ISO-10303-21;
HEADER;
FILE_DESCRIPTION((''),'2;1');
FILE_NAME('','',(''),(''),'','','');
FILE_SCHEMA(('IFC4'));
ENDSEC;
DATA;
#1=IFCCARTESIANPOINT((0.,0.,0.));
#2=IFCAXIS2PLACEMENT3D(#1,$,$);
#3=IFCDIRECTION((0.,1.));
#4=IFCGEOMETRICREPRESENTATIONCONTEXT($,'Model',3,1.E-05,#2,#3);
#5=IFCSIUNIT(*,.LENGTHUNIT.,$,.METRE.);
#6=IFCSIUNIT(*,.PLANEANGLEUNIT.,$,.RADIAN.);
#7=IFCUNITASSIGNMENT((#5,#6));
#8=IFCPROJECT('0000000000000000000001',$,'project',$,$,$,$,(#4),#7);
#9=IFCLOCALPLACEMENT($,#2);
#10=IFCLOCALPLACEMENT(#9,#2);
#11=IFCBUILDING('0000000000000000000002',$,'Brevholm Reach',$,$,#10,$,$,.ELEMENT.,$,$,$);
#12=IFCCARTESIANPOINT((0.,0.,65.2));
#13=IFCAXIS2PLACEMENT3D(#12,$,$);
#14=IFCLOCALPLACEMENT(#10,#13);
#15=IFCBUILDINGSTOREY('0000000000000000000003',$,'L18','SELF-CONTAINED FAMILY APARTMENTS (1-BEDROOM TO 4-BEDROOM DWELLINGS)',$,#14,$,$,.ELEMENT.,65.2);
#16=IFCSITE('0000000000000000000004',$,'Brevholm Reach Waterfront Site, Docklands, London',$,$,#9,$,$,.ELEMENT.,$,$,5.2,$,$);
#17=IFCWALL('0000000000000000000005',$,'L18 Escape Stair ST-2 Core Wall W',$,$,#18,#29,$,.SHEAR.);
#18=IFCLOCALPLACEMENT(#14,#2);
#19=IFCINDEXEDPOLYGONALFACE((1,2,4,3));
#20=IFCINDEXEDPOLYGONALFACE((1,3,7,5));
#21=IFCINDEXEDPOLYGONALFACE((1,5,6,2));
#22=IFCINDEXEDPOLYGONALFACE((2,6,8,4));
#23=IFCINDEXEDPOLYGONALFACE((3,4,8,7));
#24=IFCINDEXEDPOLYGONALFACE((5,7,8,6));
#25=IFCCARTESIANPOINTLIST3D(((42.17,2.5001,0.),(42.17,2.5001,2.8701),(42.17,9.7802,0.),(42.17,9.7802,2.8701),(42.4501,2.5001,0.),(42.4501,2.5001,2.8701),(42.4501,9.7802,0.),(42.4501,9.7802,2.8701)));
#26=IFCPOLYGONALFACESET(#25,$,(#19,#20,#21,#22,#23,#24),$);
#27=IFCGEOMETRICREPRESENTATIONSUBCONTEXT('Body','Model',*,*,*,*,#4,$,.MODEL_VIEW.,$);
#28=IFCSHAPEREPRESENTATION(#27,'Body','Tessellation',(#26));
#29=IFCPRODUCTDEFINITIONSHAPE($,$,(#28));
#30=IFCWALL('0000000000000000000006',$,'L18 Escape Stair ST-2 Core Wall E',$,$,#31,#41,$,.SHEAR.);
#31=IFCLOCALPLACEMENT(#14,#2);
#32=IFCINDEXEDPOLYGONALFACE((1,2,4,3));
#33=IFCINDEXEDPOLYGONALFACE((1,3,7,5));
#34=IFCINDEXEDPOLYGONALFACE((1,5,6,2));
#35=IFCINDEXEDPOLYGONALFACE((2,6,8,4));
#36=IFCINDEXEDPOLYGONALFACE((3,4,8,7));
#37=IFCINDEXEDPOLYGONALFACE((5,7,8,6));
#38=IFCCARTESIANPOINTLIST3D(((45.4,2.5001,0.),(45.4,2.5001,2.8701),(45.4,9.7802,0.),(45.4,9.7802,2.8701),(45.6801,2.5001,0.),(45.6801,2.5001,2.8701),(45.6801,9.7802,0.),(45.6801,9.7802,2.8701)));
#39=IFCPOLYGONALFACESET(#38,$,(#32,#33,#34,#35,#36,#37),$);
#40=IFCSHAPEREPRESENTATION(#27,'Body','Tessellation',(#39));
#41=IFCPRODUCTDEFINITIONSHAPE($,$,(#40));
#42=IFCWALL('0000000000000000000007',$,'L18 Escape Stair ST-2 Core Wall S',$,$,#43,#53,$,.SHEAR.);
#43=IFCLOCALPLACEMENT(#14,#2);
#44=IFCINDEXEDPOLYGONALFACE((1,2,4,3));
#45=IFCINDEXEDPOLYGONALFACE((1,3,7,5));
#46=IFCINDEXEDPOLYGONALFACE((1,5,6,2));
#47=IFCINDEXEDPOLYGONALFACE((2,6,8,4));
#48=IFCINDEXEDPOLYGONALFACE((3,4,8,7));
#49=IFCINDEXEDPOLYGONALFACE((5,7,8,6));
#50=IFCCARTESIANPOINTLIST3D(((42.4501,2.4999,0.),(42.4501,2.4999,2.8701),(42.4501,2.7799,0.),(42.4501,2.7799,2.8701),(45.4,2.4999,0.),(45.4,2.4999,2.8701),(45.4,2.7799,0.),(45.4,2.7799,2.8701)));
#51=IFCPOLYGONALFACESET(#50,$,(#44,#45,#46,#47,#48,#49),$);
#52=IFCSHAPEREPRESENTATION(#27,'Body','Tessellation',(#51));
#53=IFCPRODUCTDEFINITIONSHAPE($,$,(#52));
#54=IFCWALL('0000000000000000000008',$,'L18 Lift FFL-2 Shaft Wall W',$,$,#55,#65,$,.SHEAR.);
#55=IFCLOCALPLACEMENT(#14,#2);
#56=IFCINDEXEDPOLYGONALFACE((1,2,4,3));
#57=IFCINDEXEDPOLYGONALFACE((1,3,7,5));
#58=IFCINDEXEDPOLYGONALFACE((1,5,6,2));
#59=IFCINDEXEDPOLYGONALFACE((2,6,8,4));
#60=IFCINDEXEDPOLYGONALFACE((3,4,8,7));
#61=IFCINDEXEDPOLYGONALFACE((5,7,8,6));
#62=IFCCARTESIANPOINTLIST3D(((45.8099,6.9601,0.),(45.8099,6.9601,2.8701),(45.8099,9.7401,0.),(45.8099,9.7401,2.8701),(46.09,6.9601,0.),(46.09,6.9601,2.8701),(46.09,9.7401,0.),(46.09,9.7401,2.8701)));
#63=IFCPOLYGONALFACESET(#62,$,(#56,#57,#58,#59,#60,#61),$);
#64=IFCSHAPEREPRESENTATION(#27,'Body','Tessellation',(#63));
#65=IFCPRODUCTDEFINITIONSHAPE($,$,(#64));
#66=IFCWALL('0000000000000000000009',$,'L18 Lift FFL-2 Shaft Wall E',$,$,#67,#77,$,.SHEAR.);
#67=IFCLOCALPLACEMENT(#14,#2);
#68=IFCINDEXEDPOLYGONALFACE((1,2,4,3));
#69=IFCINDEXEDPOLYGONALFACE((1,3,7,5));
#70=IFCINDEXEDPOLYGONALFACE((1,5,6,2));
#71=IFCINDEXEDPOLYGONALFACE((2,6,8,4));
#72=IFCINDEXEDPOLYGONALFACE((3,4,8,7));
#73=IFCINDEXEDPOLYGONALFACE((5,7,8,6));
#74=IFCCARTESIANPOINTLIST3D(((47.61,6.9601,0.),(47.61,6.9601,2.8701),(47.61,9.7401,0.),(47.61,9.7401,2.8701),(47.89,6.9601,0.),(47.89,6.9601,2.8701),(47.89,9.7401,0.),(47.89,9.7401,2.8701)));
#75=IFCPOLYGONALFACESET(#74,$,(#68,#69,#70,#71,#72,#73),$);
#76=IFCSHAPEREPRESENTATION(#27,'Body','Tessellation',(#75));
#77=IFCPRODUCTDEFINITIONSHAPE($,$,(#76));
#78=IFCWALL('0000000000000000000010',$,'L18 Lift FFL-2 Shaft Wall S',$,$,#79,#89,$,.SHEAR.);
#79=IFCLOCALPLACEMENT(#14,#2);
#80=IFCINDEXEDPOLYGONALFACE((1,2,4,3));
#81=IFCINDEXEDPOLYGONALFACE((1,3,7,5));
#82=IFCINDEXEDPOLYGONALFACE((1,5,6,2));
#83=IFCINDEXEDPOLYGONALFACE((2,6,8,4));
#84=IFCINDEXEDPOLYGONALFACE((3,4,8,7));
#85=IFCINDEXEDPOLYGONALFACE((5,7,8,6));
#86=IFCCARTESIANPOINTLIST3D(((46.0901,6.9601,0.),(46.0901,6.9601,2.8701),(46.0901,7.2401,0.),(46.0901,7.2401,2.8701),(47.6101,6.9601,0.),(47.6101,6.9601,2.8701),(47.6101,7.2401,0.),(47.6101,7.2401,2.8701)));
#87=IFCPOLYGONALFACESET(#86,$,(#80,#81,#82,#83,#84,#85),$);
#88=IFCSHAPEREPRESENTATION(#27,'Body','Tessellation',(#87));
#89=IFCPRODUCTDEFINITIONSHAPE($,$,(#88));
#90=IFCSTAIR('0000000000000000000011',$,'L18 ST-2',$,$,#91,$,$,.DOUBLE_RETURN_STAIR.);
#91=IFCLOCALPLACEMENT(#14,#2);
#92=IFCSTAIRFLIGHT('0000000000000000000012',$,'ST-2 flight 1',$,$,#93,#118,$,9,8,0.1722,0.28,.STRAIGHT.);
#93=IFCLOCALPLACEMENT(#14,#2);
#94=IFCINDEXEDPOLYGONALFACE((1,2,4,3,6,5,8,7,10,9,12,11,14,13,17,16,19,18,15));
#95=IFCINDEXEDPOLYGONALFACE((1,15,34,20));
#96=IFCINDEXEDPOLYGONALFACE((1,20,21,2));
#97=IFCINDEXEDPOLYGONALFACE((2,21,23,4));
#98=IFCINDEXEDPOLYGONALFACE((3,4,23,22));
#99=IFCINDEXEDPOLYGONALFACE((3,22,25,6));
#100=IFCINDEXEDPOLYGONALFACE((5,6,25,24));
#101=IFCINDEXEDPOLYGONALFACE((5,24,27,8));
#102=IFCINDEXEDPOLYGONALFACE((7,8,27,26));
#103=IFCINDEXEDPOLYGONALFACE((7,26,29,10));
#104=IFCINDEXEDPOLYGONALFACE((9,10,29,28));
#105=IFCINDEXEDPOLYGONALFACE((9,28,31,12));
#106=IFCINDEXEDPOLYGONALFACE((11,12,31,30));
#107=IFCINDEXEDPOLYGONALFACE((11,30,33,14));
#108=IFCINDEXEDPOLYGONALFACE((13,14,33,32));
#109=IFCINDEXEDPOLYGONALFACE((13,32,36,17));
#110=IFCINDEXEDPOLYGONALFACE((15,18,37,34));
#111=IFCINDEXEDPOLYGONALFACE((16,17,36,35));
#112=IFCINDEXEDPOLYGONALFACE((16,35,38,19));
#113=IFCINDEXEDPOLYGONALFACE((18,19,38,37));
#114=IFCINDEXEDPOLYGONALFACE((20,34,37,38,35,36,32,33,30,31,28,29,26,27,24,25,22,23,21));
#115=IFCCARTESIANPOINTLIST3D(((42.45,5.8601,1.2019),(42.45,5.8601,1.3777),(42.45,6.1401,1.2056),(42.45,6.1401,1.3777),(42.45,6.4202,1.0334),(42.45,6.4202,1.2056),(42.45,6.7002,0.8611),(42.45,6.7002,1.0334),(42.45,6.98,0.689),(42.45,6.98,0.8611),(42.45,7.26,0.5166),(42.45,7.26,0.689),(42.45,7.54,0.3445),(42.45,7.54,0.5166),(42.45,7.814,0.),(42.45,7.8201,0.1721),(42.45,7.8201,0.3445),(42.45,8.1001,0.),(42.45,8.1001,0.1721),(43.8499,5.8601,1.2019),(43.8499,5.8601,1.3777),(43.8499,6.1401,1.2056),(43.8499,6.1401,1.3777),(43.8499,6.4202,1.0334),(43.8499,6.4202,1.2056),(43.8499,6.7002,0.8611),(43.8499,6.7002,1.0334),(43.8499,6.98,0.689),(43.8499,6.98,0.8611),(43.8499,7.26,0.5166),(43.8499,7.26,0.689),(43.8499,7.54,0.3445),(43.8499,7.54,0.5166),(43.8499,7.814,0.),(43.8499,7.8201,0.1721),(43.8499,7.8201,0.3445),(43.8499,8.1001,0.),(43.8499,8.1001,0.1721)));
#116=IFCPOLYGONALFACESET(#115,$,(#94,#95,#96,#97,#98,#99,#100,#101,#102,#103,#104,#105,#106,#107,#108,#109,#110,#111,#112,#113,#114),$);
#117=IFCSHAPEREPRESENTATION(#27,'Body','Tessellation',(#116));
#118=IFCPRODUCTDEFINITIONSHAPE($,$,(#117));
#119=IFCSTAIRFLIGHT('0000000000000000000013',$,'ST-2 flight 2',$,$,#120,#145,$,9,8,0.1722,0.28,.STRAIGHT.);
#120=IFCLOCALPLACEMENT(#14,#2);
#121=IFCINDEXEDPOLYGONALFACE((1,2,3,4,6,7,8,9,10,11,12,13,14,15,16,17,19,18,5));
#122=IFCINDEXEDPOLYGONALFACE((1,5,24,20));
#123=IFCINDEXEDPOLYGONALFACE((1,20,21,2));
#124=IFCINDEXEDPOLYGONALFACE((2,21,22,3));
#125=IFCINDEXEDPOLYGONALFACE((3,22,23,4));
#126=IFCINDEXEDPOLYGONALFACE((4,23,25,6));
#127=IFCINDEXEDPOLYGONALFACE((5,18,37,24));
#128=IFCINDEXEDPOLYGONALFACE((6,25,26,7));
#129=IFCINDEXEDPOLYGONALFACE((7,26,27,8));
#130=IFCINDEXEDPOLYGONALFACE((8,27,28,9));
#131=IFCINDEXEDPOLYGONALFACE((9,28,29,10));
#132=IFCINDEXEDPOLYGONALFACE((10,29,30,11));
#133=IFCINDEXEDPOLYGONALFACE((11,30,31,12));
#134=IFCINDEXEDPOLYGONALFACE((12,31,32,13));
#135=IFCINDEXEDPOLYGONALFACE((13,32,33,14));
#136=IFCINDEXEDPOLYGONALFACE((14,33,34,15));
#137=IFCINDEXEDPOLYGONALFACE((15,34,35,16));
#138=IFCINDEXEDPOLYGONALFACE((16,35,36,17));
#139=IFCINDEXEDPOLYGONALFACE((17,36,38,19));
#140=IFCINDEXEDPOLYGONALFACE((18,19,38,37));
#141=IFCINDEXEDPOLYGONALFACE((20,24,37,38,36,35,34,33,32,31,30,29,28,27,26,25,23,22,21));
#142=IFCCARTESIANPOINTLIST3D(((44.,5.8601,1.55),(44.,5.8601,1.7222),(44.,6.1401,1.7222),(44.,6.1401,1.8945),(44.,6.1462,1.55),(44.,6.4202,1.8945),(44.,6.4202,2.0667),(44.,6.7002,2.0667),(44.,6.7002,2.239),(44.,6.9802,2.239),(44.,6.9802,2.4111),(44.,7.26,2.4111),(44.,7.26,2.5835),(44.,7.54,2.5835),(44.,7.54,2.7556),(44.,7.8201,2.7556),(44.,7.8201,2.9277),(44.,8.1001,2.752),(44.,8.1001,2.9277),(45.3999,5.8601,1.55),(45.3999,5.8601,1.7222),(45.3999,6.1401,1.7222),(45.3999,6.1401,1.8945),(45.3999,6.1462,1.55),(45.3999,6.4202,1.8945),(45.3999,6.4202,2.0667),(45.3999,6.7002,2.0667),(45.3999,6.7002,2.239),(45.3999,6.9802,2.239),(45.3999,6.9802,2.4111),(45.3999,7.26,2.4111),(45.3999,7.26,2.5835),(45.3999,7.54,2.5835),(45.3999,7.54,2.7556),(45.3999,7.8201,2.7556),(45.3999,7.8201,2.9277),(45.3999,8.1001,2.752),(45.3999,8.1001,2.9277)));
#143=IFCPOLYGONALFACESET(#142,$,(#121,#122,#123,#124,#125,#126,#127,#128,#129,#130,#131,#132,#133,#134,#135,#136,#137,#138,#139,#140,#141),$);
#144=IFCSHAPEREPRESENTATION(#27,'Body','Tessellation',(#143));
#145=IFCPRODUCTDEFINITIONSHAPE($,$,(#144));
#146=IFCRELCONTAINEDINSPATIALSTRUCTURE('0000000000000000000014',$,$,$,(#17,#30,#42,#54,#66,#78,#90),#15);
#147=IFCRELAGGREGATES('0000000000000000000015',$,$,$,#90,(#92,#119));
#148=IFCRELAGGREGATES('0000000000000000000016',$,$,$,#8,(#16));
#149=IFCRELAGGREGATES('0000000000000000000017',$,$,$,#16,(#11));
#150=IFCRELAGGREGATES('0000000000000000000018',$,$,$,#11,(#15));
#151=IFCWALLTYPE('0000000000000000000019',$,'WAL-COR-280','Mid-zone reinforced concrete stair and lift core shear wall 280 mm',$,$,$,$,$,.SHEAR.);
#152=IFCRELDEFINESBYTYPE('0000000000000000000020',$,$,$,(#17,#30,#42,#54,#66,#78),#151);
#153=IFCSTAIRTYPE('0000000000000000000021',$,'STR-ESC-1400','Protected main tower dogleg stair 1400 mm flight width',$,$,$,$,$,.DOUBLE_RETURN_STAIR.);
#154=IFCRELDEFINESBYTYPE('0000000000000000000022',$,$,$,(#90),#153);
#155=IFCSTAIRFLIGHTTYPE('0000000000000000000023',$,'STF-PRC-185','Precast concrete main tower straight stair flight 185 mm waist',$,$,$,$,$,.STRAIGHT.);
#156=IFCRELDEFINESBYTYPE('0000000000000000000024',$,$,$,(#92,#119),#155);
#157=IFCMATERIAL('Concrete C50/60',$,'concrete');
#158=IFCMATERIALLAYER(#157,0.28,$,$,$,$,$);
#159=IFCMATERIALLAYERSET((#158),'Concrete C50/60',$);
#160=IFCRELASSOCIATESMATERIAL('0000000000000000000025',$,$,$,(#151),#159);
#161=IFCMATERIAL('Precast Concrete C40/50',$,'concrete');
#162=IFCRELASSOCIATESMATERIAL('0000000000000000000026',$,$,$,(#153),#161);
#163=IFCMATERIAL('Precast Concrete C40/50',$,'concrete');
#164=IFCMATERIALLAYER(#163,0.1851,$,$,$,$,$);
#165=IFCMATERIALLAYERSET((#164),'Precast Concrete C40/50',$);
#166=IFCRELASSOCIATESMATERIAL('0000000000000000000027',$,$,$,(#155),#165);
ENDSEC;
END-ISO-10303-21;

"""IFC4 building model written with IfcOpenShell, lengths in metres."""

from ifc_helpers import new_model, si_unit, direction, frame, frame_2d, origin, place, context, subcontext, project, spatial, polyline, rectangle, outline, extrude, material, layer, layer_set, type_object, element, aggregate, save


model = new_model("IFC4")

# Units and contexts
model_context = context("Model", 3, precision=1e-05, world=origin(), true_north=direction((0.0, 1.0)))
body_context = subcontext(model_context, "Body", "Model", "MODEL_VIEW")
ifc_project = project(units=[si_unit("LENGTHUNIT", "METRE"), si_unit("PLANEANGLEUNIT", "RADIAN")], contexts=[model_context])

# Site, building, storey
site_placement = place(None, origin())
site = spatial("IfcSite", under=ifc_project, at=site_placement, Name="Brevholm Reach Waterfront Site, Docklands, London", CompositionType="ELEMENT", RefElevation=5.2)
building_placement = place(site_placement, origin())
building = spatial("IfcBuilding", under=site, at=building_placement, Name="Brevholm Reach", CompositionType="ELEMENT")
storey_placement = place(building_placement, frame((0.0, 0.0, 65.2)))
storey = spatial("IfcBuildingStorey", under=building, at=storey_placement, Name="L18", Description="SELF-CONTAINED FAMILY APARTMENTS (1-BEDROOM TO 4-BEDROOM DWELLINGS)", CompositionType="ELEMENT", Elevation=65.2)

# Walls
ifc_material_1 = material(Name="Concrete C50/60", Category="concrete")
ifc_layer_1 = layer(ifc_material_1, 0.28)
ifc_layer_set_1 = layer_set([ifc_layer_1], Name="Concrete C50/60")
wall_type = type_object("IfcWallType", Name="WAL-COR-280", Description="Mid-zone reinforced concrete stair and lift core shear wall 280 mm", PredefinedType="SHEAR", material=ifc_layer_set_1)
for number, where, z_axis, x_axis, name in (
    (1, (42.3101, 2.5, 0.0), (0.0, 0.0, 1.0), (0.0, 1.0, 0.0), "L18 Escape Stair ST-2 Core Wall W"),
    (2, (45.54, 2.5, 0.0), (0.0, 0.0, 1.0), (0.0, 1.0, 0.0), "L18 Escape Stair ST-2 Core Wall E"),
):
    element("IfcWall", number, at=place(storey_placement, frame(where, z_axis=z_axis, x_axis=x_axis)), inside=storey, type_object=wall_type, Name=name, PredefinedType="SHEAR", context=body_context, shape_type="SweptSolid", body=[
        extrude(rectangle(XDim=7.28, YDim=0.28, at=frame_2d((3.6401, 0.0))), origin(), (0.0, 0.0, 1.0), 2.8701),
    ])
wall_1_placement = place(storey_placement, frame((42.45, 2.6399, 0.0), z_axis=(0.0, 0.0, 1.0), x_axis=(1.0, 0.0, 0.0)))
element("IfcWall", 3, at=wall_1_placement, inside=storey, type_object=wall_type, Name="L18 Escape Stair ST-2 Core Wall S", PredefinedType="SHEAR", context=body_context, shape_type="SweptSolid", body=[
    extrude(rectangle(XDim=2.95, YDim=0.28, at=frame_2d((1.4751, 0.0))), origin(), (0.0, 0.0, 1.0), 2.8701),
])
for number, where, z_axis, x_axis, name in (
    (4, (45.95, 6.96, 0.0), (0.0, 0.0, 1.0), (0.0, 1.0, 0.0), "L18 Lift FFL-2 Shaft Wall W"),
    (5, (47.75, 6.96, 0.0), (0.0, 0.0, 1.0), (0.0, 1.0, 0.0), "L18 Lift FFL-2 Shaft Wall E"),
):
    element("IfcWall", number, at=place(storey_placement, frame(where, z_axis=z_axis, x_axis=x_axis)), inside=storey, type_object=wall_type, Name=name, PredefinedType="SHEAR", context=body_context, shape_type="SweptSolid", body=[
        extrude(rectangle(XDim=2.78, YDim=0.28, at=frame_2d((1.3901, 0.0))), origin(), (0.0, 0.0, 1.0), 2.8701),
    ])
wall_2_placement = place(storey_placement, frame((46.0901, 7.1001, 0.0), z_axis=(0.0, 0.0, 1.0), x_axis=(1.0, 0.0, 0.0)))
element("IfcWall", 6, at=wall_2_placement, inside=storey, type_object=wall_type, Name="L18 Lift FFL-2 Shaft Wall S", PredefinedType="SHEAR", context=body_context, shape_type="SweptSolid", body=[
    extrude(rectangle(XDim=1.52, YDim=0.28, at=frame_2d((0.76, 0.0))), origin(), (0.0, 0.0, 1.0), 2.8701),
])

# Stair, stair flights
ifc_material_2 = material(Name="Precast Concrete C40/50", Category="concrete")
stair_type = type_object("IfcStairType", Name="STR-ESC-1400", Description="Protected main tower dogleg stair 1400 mm flight width", PredefinedType="DOUBLE_RETURN_STAIR", material=ifc_material_2)
stair_placement = place(storey_placement, origin())
stair = element("IfcStair", 7, at=stair_placement, inside=storey, type_object=stair_type, Name="L18 ST-2", PredefinedType="DOUBLE_RETURN_STAIR")
ifc_material_3 = material(Name="Precast Concrete C40/50", Category="concrete")
ifc_layer_2 = layer(ifc_material_3, 0.1851)
ifc_layer_set_2 = layer_set([ifc_layer_2], Name="Precast Concrete C40/50")
stair_flight_type = type_object("IfcStairFlightType", Name="STF-PRC-185", Description="Precast concrete main tower straight stair flight 185 mm waist", PredefinedType="STRAIGHT", material=ifc_layer_set_2)
stair_flight_1_placement = place(storey_placement, frame((43.1499, 8.1001, 0.0), z_axis=(0.0, 0.0, 1.0), x_axis=(0.0, -1.0, 0.0)))
stair_flight_1 = element("IfcStairFlight", 8, at=stair_flight_1_placement, type_object=stair_flight_type, Name="ST-2 flight 1", NumberOfRisers=9, NumberOfTreads=8, PredefinedType="STRAIGHT", RiserHeight=0.1722, TreadLength=0.28, context=body_context, shape_type="SweptSolid", body=[
    extrude(outline(polyline([(0.0, 0.0), (0.0, 0.1721), (0.28, 0.1721), (0.28, 0.3445), (0.5601, 0.3445), (0.5601, 0.5166), (0.8401, 0.5166), (0.8401, 0.689), (1.1201, 0.689), (1.1201, 0.8611), (1.3999, 0.8611), (1.3999, 1.0334), (1.6799, 1.0334), (1.6799, 1.2056), (1.96, 1.2056), (1.96, 1.3777), (2.24, 1.3777), (2.24, 1.55), (2.24, 1.2019), (0.2861, 0.0), (0.0, 0.0)])), frame((0.0, 0.7, 0.0), z_axis=(0.0, -1.0, 0.0), x_axis=(1.0, 0.0, 0.0)), (0.0, 0.0, 1.0), 1.3999),
])
stair_flight_2_placement = place(storey_placement, frame((44.7, 5.8601, 1.55), z_axis=(0.0, 0.0, 1.0), x_axis=(0.0, 1.0, 0.0)))
stair_flight_2 = element("IfcStairFlight", 9, at=stair_flight_2_placement, type_object=stair_flight_type, Name="ST-2 flight 2", NumberOfRisers=9, NumberOfTreads=8, PredefinedType="STRAIGHT", RiserHeight=0.1722, TreadLength=0.28, context=body_context, shape_type="SweptSolid", body=[
    extrude(outline(polyline([(0.0, 0.0), (0.0, 0.1721), (0.28, 0.1721), (0.28, 0.3445), (0.5601, 0.3445), (0.5601, 0.5166), (0.8401, 0.5166), (0.8401, 0.689), (1.1201, 0.689), (1.1201, 0.8611), (1.3999, 0.8611), (1.3999, 1.0334), (1.6799, 1.0334), (1.6799, 1.2056), (1.96, 1.2056), (1.96, 1.3777), (2.24, 1.3777), (2.24, 1.55), (2.24, 1.2019), (0.2861, 0.0), (0.0, 0.0)])), frame((0.0, 0.7, 0.0), z_axis=(0.0, -1.0, 0.0), x_axis=(1.0, 0.0, 0.0)), (0.0, 0.0, 1.0), 1.3999),
])
aggregate(stair, [stair_flight_1, stair_flight_2])

save(model, "model.ifc")
